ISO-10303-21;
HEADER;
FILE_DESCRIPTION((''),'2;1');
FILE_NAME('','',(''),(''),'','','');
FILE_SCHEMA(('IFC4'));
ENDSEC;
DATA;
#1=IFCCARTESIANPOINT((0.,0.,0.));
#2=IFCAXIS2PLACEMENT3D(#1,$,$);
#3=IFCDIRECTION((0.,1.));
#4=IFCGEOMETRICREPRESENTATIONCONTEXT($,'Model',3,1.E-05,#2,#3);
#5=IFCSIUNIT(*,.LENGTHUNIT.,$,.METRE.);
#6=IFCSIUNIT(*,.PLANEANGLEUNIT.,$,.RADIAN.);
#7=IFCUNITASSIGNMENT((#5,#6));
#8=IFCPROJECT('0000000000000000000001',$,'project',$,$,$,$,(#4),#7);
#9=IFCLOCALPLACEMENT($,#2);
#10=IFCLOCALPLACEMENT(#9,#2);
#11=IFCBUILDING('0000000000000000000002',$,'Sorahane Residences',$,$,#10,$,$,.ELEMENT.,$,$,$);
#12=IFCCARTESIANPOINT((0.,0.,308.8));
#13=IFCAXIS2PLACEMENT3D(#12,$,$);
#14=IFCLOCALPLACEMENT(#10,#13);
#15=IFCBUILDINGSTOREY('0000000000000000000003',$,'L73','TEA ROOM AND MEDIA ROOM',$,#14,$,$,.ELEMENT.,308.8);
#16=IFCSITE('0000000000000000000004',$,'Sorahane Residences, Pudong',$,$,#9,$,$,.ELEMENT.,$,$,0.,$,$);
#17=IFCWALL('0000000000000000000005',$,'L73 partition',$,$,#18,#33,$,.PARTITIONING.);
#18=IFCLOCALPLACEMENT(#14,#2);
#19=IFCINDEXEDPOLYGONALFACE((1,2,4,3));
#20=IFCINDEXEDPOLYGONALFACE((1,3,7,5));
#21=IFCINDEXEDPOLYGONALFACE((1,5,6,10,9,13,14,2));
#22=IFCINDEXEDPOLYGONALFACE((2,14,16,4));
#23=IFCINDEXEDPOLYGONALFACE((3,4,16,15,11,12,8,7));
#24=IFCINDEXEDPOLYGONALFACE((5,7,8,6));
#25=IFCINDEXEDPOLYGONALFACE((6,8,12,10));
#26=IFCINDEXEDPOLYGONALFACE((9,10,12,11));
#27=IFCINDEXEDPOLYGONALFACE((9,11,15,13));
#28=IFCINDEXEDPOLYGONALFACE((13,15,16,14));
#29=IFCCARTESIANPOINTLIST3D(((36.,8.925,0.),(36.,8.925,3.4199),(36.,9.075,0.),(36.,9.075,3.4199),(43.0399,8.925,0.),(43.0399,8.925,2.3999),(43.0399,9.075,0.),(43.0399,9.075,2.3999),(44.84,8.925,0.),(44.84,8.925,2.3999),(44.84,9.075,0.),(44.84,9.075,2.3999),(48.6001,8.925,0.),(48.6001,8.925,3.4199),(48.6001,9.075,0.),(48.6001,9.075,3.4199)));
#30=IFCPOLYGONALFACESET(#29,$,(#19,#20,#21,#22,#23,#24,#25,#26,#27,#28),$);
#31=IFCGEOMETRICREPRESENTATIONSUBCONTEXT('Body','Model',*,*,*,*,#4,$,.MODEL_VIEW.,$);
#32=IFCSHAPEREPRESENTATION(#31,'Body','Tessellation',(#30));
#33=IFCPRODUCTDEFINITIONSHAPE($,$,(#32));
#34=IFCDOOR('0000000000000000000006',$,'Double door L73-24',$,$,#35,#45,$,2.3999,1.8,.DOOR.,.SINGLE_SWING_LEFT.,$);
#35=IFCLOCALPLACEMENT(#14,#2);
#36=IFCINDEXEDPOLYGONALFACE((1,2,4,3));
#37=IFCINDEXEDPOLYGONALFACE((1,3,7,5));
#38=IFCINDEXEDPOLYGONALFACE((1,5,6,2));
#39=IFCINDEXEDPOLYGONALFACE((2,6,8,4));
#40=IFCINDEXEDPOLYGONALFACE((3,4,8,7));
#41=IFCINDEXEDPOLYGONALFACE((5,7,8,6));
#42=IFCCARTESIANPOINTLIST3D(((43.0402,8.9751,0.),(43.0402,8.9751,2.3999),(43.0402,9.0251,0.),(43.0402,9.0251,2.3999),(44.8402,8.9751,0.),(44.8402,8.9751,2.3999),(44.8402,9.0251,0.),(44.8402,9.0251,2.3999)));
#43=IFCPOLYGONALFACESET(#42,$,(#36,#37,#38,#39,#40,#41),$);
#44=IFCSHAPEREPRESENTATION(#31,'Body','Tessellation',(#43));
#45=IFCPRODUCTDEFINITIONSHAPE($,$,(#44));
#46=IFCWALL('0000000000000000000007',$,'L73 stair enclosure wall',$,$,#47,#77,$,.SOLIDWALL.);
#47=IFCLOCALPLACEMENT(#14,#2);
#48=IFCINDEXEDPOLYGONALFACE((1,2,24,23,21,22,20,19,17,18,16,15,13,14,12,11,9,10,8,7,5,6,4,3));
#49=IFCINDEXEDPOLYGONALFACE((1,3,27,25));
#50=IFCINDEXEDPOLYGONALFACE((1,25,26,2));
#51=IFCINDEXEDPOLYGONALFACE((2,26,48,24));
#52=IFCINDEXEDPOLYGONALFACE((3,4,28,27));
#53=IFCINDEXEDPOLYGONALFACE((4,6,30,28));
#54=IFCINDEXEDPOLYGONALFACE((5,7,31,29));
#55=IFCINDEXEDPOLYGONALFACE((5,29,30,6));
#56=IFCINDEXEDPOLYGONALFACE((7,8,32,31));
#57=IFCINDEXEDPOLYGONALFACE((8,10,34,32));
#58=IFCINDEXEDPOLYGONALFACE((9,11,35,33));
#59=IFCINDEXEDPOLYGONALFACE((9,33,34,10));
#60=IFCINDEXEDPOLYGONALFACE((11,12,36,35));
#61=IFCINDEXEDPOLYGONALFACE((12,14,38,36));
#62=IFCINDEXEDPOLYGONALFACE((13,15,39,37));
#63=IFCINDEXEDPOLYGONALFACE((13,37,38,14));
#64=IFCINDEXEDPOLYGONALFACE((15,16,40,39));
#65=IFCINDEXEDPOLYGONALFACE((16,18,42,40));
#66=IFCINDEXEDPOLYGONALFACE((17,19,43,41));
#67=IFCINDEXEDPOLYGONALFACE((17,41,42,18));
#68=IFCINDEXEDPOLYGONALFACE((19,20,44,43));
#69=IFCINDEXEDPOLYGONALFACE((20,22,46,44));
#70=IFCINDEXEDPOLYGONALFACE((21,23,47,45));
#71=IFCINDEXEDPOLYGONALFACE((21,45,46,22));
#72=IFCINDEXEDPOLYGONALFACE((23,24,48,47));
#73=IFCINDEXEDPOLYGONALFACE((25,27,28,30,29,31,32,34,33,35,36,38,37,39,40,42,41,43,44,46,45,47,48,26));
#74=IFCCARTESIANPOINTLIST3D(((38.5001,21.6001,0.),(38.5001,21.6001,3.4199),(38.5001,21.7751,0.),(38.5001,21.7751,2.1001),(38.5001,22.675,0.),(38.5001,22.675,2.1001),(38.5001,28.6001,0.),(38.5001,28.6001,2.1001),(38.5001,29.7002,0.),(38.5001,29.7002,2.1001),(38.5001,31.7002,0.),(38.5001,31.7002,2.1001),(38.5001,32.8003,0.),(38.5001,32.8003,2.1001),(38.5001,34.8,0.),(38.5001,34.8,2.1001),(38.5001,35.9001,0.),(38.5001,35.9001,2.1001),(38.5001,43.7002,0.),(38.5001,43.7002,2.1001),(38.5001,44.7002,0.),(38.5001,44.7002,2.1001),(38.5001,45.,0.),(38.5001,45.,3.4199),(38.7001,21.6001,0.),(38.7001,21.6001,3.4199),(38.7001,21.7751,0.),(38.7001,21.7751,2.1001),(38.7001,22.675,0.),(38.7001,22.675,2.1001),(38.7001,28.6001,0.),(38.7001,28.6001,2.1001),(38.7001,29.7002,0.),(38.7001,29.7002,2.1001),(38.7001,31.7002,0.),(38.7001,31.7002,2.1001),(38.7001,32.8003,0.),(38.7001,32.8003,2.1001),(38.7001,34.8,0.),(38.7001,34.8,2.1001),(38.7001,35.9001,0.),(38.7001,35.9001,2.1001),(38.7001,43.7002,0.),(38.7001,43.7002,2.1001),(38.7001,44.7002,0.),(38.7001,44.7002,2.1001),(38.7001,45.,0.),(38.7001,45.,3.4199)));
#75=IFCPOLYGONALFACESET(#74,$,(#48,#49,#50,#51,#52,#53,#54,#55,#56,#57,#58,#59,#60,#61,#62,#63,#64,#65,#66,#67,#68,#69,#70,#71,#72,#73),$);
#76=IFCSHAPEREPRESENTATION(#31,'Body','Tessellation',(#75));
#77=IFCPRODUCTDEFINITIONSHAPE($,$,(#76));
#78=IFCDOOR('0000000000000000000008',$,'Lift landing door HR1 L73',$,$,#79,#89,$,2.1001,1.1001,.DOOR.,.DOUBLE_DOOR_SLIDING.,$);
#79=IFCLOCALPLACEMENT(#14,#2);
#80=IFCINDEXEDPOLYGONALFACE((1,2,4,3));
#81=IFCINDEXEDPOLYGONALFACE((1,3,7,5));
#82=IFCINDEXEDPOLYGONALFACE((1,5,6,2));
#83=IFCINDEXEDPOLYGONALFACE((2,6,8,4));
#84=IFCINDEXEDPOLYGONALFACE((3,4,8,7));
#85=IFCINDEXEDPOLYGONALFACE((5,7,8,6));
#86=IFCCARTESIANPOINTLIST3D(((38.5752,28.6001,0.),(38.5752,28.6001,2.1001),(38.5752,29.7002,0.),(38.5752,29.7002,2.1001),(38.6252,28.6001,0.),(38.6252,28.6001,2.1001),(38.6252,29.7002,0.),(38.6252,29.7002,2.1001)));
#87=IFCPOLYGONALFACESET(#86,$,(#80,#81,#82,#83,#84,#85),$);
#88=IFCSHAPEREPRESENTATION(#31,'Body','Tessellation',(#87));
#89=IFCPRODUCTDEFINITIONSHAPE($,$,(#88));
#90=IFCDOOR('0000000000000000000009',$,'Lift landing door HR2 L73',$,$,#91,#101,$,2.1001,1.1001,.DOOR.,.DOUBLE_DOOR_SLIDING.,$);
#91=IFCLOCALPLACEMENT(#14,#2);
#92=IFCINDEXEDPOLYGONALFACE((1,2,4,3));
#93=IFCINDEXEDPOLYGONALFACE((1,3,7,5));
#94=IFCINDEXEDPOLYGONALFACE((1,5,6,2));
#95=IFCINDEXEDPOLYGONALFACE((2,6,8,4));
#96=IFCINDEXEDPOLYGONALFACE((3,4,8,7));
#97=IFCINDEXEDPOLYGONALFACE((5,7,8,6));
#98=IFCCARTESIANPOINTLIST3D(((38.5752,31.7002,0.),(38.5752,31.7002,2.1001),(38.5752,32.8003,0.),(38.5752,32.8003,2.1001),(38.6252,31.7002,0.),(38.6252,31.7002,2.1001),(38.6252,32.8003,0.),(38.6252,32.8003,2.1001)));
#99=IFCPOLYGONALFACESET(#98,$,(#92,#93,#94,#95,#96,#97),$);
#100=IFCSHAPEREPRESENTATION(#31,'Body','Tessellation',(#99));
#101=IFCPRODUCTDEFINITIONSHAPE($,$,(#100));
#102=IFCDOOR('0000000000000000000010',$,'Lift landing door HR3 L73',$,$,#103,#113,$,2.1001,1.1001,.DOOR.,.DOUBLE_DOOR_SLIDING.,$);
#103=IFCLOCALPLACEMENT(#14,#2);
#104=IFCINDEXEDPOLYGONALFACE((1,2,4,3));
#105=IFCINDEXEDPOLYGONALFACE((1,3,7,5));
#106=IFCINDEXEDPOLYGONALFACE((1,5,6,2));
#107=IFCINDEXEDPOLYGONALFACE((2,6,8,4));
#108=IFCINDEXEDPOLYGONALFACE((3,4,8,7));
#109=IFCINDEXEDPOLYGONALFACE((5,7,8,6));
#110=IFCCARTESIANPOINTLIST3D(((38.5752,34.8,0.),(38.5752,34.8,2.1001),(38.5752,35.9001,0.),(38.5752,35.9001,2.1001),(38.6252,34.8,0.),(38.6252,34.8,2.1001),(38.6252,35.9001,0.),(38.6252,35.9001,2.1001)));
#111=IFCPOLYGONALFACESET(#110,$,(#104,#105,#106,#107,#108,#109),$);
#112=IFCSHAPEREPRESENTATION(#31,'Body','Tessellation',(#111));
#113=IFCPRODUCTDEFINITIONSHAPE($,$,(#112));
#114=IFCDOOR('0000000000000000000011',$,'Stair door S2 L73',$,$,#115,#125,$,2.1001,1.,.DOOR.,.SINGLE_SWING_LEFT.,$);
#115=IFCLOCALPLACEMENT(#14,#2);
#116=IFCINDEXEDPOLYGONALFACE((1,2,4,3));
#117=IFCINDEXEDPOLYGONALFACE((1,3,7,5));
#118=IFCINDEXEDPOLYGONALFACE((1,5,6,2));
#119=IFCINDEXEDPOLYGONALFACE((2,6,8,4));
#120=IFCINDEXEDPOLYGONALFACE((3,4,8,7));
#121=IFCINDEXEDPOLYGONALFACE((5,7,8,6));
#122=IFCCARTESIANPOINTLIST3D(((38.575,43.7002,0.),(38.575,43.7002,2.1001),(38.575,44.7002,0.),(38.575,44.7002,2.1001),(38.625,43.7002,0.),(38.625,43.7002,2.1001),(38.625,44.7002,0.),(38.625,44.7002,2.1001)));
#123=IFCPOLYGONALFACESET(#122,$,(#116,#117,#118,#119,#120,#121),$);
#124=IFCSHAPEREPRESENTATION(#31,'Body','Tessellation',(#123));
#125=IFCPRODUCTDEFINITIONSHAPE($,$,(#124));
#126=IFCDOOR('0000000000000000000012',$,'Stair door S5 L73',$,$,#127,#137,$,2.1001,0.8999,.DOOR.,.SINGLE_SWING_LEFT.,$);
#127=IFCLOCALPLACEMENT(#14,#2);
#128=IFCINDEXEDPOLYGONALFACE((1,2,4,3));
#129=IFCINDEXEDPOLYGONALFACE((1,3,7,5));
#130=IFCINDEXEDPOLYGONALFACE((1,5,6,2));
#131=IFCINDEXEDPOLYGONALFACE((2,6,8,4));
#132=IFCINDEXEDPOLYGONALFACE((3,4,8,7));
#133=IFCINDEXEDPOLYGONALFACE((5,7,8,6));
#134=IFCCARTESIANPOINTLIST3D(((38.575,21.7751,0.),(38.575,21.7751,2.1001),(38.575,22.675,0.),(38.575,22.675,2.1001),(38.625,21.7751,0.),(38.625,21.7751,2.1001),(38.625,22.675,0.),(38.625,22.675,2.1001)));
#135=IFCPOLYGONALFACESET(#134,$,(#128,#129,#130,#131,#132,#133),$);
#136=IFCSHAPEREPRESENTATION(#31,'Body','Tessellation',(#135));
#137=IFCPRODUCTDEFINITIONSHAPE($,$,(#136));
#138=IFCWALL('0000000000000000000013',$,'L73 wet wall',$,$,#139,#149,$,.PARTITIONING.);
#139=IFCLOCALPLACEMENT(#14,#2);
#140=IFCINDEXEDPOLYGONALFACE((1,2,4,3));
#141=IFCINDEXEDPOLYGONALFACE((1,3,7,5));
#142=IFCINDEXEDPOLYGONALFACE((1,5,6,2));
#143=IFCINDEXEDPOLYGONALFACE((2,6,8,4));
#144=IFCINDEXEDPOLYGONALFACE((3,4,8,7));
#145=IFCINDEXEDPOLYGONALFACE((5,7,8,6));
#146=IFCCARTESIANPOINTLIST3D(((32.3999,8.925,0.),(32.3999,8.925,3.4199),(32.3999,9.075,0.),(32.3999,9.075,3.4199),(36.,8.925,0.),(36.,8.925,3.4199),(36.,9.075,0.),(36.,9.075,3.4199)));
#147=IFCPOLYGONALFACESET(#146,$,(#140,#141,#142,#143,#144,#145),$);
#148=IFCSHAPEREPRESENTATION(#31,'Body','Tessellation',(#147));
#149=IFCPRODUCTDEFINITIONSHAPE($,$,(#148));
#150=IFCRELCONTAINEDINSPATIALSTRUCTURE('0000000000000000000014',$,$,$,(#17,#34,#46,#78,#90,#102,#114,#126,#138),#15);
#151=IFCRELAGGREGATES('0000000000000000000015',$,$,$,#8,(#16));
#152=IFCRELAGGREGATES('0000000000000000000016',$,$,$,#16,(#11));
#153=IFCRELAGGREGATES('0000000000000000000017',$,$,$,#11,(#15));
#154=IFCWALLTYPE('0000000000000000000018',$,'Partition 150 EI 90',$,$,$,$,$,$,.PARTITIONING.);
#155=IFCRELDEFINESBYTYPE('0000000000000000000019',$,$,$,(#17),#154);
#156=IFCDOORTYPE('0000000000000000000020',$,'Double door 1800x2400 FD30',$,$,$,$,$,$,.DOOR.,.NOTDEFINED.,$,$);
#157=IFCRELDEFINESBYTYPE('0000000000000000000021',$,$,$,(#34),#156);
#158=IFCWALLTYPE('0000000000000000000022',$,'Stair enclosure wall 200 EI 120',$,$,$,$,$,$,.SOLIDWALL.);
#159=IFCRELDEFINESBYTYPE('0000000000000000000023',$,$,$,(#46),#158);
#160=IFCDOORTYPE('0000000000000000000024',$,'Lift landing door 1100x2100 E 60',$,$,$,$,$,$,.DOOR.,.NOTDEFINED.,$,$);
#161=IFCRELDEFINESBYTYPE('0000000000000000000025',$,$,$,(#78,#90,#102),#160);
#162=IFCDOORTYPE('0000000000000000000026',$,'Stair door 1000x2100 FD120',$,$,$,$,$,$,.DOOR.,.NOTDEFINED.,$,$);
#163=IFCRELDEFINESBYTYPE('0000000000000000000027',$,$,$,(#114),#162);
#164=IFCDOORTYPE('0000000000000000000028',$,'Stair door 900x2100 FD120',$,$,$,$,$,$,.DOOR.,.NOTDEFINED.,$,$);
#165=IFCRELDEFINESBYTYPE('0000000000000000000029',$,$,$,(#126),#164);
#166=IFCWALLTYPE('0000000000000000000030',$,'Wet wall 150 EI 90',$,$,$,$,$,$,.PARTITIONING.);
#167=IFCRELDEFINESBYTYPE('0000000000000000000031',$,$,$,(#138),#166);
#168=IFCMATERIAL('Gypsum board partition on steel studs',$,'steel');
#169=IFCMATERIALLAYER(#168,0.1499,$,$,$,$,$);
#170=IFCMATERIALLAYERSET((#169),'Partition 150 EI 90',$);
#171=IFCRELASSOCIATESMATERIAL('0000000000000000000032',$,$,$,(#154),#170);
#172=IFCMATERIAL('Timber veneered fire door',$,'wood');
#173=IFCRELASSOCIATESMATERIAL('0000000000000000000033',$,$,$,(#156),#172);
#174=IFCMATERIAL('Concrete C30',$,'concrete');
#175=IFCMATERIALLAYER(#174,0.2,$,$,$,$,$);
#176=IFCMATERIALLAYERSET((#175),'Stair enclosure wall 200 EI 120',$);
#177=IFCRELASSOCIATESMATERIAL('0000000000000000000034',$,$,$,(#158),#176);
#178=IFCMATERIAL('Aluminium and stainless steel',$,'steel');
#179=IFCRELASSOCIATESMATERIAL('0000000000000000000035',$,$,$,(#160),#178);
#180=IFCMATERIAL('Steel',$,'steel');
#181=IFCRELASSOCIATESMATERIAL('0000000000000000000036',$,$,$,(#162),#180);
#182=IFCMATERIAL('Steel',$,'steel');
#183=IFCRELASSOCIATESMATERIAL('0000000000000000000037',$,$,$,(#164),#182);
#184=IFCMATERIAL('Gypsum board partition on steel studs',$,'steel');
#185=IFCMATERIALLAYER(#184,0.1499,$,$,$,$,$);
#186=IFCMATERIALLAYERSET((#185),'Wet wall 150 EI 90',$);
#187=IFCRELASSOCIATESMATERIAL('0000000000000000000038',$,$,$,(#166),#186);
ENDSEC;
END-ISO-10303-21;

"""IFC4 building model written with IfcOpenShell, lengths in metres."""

from ifc_helpers import new_model, si_unit, direction, frame, frame_2d, origin, place, context, subcontext, project, spatial, rectangle, extrude, material, layer, layer_set, type_object, element, fill, save


model = new_model("IFC4")

# Units and contexts
model_context = context("Model", 3, precision=1e-05, world=origin(), true_north=direction((0.0, 1.0)))
body_context = subcontext(model_context, "Body", "Model", "MODEL_VIEW")
ifc_project = project(units=[si_unit("LENGTHUNIT", "METRE"), si_unit("PLANEANGLEUNIT", "RADIAN")], contexts=[model_context])

# Site, building, storey
site_placement = place(None, origin())
site = spatial("IfcSite", under=ifc_project, at=site_placement, Name="Sorahane Residences, Pudong", CompositionType="ELEMENT", RefElevation=0.0)
building_placement = place(site_placement, origin())
building = spatial("IfcBuilding", under=site, at=building_placement, Name="Sorahane Residences", CompositionType="ELEMENT")
storey_placement = place(building_placement, frame((0.0, 0.0, 308.8)))
storey = spatial("IfcBuildingStorey", under=building, at=storey_placement, Name="L73", Description="TEA ROOM AND MEDIA ROOM", CompositionType="ELEMENT", Elevation=308.8)

# Shared definitions
ifc_material_1 = material(Name="Gypsum board partition on steel studs", Category="steel")
ifc_layer_1 = layer(ifc_material_1, 0.1499)
ifc_layer_set_1 = layer_set([ifc_layer_1], Name="Partition 150 EI 90")
wall_type_1 = type_object("IfcWallType", Name="Partition 150 EI 90", PredefinedType="PARTITIONING", material=ifc_layer_set_1)

# Wall, opening, door
wall_1_placement = place(storey_placement, frame((36.0, 9.0, 0.0), z_axis=(0.0, 0.0, 1.0), x_axis=(1.0, 0.0, 0.0)))
wall_1 = element("IfcWall", 1, at=wall_1_placement, inside=storey, type_object=wall_type_1, Name="L73 partition", PredefinedType="PARTITIONING", context=body_context, shape_type="SweptSolid", body=[
    extrude(rectangle(XDim=12.6001, YDim=0.1499, at=frame_2d((6.3, 0.0))), origin(), (0.0, 0.0, 1.0), 3.4199),
])
opening_1_placement = place(wall_1_placement, frame((7.04, 0.0, 0.0)))
opening_1 = element("IfcOpeningElement", 2, at=opening_1_placement, cuts=wall_1, PredefinedType="OPENING", context=body_context, shape_type="SweptSolid", body=[
    extrude(rectangle(XDim=1.8, YDim=2.3999, at=frame_2d((0.8999, 1.2))), frame((0.0, 0.085, 0.0), z_axis=(0.0, -1.0, 0.0), x_axis=(1.0, 0.0, 0.0)), (0.0, 0.0, 1.0), 0.1699),
])
ifc_material_2 = material(Name="Timber veneered fire door", Category="wood")
door_type_1 = type_object("IfcDoorType", Name="Double door 1800x2400 FD30", OperationType="NOTDEFINED", PredefinedType="DOOR", material=ifc_material_2)
door_1_placement = place(opening_1_placement, frame((1.8, 0.0, 0.0), z_axis=(0.0, 0.0, 1.0), x_axis=(-1.0, 0.0, 0.0)))
door_1 = element("IfcDoor", 3, at=door_1_placement, inside=storey, type_object=door_type_1, Name="Double door L73-24", OperationType="SINGLE_SWING_LEFT", OverallHeight=2.3999, OverallWidth=1.8, PredefinedType="DOOR", context=body_context, shape_type="SweptSolid", body=[
    extrude(rectangle(XDim=1.8, YDim=2.3999, at=frame_2d((0.8999, 1.2))), frame((0.0, 0.0249, 0.0), z_axis=(0.0, -1.0, 0.0), x_axis=(1.0, 0.0, 0.0)), (0.0, 0.0, 1.0), 0.05),
])
fill(opening_1, door_1)

# Wall, openings, doors
ifc_material_3 = material(Name="Concrete C30", Category="concrete")
ifc_layer_2 = layer(ifc_material_3, 0.2)
ifc_layer_set_2 = layer_set([ifc_layer_2], Name="Stair enclosure wall 200 EI 120")
wall_type_2 = type_object("IfcWallType", Name="Stair enclosure wall 200 EI 120", PredefinedType="SOLIDWALL", material=ifc_layer_set_2)
wall_2_placement = place(storey_placement, frame((38.6001, 21.6001, 0.0), z_axis=(0.0, 0.0, 1.0), x_axis=(0.0, 1.0, 0.0)))
wall_2 = element("IfcWall", 4, at=wall_2_placement, inside=storey, type_object=wall_type_2, Name="L73 stair enclosure wall", PredefinedType="SOLIDWALL", context=body_context, shape_type="SweptSolid", body=[
    extrude(rectangle(XDim=23.3999, YDim=0.2, at=frame_2d((11.7, 0.0))), origin(), (0.0, 0.0, 1.0), 3.4199),
])
opening_2_placement = place(wall_2_placement, frame((7.0, 0.0, 0.0)))
opening_2 = element("IfcOpeningElement", 5, at=opening_2_placement, cuts=wall_2, PredefinedType="OPENING", context=body_context, shape_type="SweptSolid", body=[
    extrude(rectangle(XDim=1.1001, YDim=2.1001, at=frame_2d((0.55, 1.05))), frame((0.0, 0.1099, 0.0), z_axis=(0.0, -1.0, 0.0), x_axis=(1.0, 0.0, 0.0)), (0.0, 0.0, 1.0), 0.22),
])
opening_3_placement = place(wall_2_placement, frame((10.1001, 0.0, 0.0)))
opening_3 = element("IfcOpeningElement", 6, at=opening_3_placement, cuts=wall_2, PredefinedType="OPENING", context=body_context, shape_type="SweptSolid", body=[
    extrude(rectangle(XDim=1.1001, YDim=2.1001, at=frame_2d((0.55, 1.05))), frame((0.0, 0.1099, 0.0), z_axis=(0.0, -1.0, 0.0), x_axis=(1.0, 0.0, 0.0)), (0.0, 0.0, 1.0), 0.22),
])
opening_4_placement = place(wall_2_placement, frame((13.2, 0.0, 0.0)))
opening_4 = element("IfcOpeningElement", 7, at=opening_4_placement, cuts=wall_2, PredefinedType="OPENING", context=body_context, shape_type="SweptSolid", body=[
    extrude(rectangle(XDim=1.1001, YDim=2.1001, at=frame_2d((0.55, 1.05))), frame((0.0, 0.1099, 0.0), z_axis=(0.0, -1.0, 0.0), x_axis=(1.0, 0.0, 0.0)), (0.0, 0.0, 1.0), 0.22),
])
opening_5_placement = place(wall_2_placement, frame((22.1001, 0.0, 0.0)))
opening_5 = element("IfcOpeningElement", 8, at=opening_5_placement, cuts=wall_2, PredefinedType="OPENING", context=body_context, shape_type="SweptSolid", body=[
    extrude(rectangle(XDim=1.0, YDim=2.1001, at=frame_2d((0.5, 1.05))), frame((0.0, 0.1099, 0.0), z_axis=(0.0, -1.0, 0.0), x_axis=(1.0, 0.0, 0.0)), (0.0, 0.0, 1.0), 0.22),
])
opening_6_placement = place(wall_2_placement, frame((0.175, 0.0, 0.0)))
opening_6 = element("IfcOpeningElement", 9, at=opening_6_placement, cuts=wall_2, PredefinedType="OPENING", context=body_context, shape_type="SweptSolid", body=[
    extrude(rectangle(XDim=0.8999, YDim=2.1001, at=frame_2d((0.45, 1.05))), frame((0.0, 0.1099, 0.0), z_axis=(0.0, -1.0, 0.0), x_axis=(1.0, 0.0, 0.0)), (0.0, 0.0, 1.0), 0.22),
])
ifc_material_4 = material(Name="Aluminium and stainless steel", Category="steel")
door_type_2 = type_object("IfcDoorType", Name="Lift landing door 1100x2100 E 60", OperationType="NOTDEFINED", PredefinedType="DOOR", material=ifc_material_4)
door_2_placement = place(opening_2_placement, origin())
door_2 = element("IfcDoor", 10, at=door_2_placement, inside=storey, type_object=door_type_2, Name="Lift landing door HR1 L73", OperationType="DOUBLE_DOOR_SLIDING", OverallHeight=2.1001, OverallWidth=1.1001, PredefinedType="DOOR", context=body_context, shape_type="SweptSolid", body=[
    extrude(rectangle(XDim=1.1001, YDim=2.1001, at=frame_2d((0.55, 1.05))), frame((0.0, 0.0249, 0.0), z_axis=(0.0, -1.0, 0.0), x_axis=(1.0, 0.0, 0.0)), (0.0, 0.0, 1.0), 0.05),
])
fill(opening_2, door_2)
door_3_placement = place(opening_3_placement, origin())
door_3 = element("IfcDoor", 11, at=door_3_placement, inside=storey, type_object=door_type_2, Name="Lift landing door HR2 L73", OperationType="DOUBLE_DOOR_SLIDING", OverallHeight=2.1001, OverallWidth=1.1001, PredefinedType="DOOR", context=body_context, shape_type="SweptSolid", body=[
    extrude(rectangle(XDim=1.1001, YDim=2.1001, at=frame_2d((0.55, 1.05))), frame((0.0, 0.0249, 0.0), z_axis=(0.0, -1.0, 0.0), x_axis=(1.0, 0.0, 0.0)), (0.0, 0.0, 1.0), 0.05),
])
fill(opening_3, door_3)
door_4_placement = place(opening_4_placement, origin())
door_4 = element("IfcDoor", 12, at=door_4_placement, inside=storey, type_object=door_type_2, Name="Lift landing door HR3 L73", OperationType="DOUBLE_DOOR_SLIDING", OverallHeight=2.1001, OverallWidth=1.1001, PredefinedType="DOOR", context=body_context, shape_type="SweptSolid", body=[
    extrude(rectangle(XDim=1.1001, YDim=2.1001, at=frame_2d((0.55, 1.05))), frame((0.0, 0.0249, 0.0), z_axis=(0.0, -1.0, 0.0), x_axis=(1.0, 0.0, 0.0)), (0.0, 0.0, 1.0), 0.05),
])
fill(opening_4, door_4)
ifc_material_5 = material(Name="Steel", Category="steel")
door_type_3 = type_object("IfcDoorType", Name="Stair door 1000x2100 FD120", OperationType="NOTDEFINED", PredefinedType="DOOR", material=ifc_material_5)
door_5_placement = place(opening_5_placement, frame((1.0, 0.0, 0.0), z_axis=(0.0, 0.0, 1.0), x_axis=(-1.0, 0.0, 0.0)))
door_5 = element("IfcDoor", 13, at=door_5_placement, inside=storey, type_object=door_type_3, Name="Stair door S2 L73", OperationType="SINGLE_SWING_LEFT", OverallHeight=2.1001, OverallWidth=1.0, PredefinedType="DOOR", context=body_context, shape_type="SweptSolid", body=[
    extrude(rectangle(XDim=1.0, YDim=2.1001, at=frame_2d((0.5, 1.05))), frame((0.0, 0.0249, 0.0), z_axis=(0.0, -1.0, 0.0), x_axis=(1.0, 0.0, 0.0)), (0.0, 0.0, 1.0), 0.05),
])
fill(opening_5, door_5)
ifc_material_6 = material(Name="Steel", Category="steel")
door_type_4 = type_object("IfcDoorType", Name="Stair door 900x2100 FD120", OperationType="NOTDEFINED", PredefinedType="DOOR", material=ifc_material_6)
door_6_placement = place(opening_6_placement, frame((0.8999, 0.0, 0.0), z_axis=(0.0, 0.0, 1.0), x_axis=(-1.0, 0.0, 0.0)))
door_6 = element("IfcDoor", 14, at=door_6_placement, inside=storey, type_object=door_type_4, Name="Stair door S5 L73", OperationType="SINGLE_SWING_LEFT", OverallHeight=2.1001, OverallWidth=0.8999, PredefinedType="DOOR", context=body_context, shape_type="SweptSolid", body=[
    extrude(rectangle(XDim=0.8999, YDim=2.1001, at=frame_2d((0.45, 1.05))), frame((0.0, 0.0249, 0.0), z_axis=(0.0, -1.0, 0.0), x_axis=(1.0, 0.0, 0.0)), (0.0, 0.0, 1.0), 0.05),
])
fill(opening_6, door_6)

# Wall
ifc_material_7 = material(Name="Gypsum board partition on steel studs", Category="steel")
ifc_layer_3 = layer(ifc_material_7, 0.1499)
ifc_layer_set_3 = layer_set([ifc_layer_3], Name="Wet wall 150 EI 90")
wall_type_3 = type_object("IfcWallType", Name="Wet wall 150 EI 90", PredefinedType="PARTITIONING", material=ifc_layer_set_3)
wall_3_placement = place(storey_placement, frame((32.3999, 9.0, 0.0), z_axis=(0.0, 0.0, 1.0), x_axis=(1.0, 0.0, 0.0)))
element("IfcWall", 15, at=wall_3_placement, inside=storey, type_object=wall_type_3, Name="L73 wet wall", PredefinedType="PARTITIONING", context=body_context, shape_type="SweptSolid", body=[
    extrude(rectangle(XDim=3.6001, YDim=0.1499, at=frame_2d((1.8, 0.0))), origin(), (0.0, 0.0, 1.0), 3.4199),
])

save(model, "model.ifc")
